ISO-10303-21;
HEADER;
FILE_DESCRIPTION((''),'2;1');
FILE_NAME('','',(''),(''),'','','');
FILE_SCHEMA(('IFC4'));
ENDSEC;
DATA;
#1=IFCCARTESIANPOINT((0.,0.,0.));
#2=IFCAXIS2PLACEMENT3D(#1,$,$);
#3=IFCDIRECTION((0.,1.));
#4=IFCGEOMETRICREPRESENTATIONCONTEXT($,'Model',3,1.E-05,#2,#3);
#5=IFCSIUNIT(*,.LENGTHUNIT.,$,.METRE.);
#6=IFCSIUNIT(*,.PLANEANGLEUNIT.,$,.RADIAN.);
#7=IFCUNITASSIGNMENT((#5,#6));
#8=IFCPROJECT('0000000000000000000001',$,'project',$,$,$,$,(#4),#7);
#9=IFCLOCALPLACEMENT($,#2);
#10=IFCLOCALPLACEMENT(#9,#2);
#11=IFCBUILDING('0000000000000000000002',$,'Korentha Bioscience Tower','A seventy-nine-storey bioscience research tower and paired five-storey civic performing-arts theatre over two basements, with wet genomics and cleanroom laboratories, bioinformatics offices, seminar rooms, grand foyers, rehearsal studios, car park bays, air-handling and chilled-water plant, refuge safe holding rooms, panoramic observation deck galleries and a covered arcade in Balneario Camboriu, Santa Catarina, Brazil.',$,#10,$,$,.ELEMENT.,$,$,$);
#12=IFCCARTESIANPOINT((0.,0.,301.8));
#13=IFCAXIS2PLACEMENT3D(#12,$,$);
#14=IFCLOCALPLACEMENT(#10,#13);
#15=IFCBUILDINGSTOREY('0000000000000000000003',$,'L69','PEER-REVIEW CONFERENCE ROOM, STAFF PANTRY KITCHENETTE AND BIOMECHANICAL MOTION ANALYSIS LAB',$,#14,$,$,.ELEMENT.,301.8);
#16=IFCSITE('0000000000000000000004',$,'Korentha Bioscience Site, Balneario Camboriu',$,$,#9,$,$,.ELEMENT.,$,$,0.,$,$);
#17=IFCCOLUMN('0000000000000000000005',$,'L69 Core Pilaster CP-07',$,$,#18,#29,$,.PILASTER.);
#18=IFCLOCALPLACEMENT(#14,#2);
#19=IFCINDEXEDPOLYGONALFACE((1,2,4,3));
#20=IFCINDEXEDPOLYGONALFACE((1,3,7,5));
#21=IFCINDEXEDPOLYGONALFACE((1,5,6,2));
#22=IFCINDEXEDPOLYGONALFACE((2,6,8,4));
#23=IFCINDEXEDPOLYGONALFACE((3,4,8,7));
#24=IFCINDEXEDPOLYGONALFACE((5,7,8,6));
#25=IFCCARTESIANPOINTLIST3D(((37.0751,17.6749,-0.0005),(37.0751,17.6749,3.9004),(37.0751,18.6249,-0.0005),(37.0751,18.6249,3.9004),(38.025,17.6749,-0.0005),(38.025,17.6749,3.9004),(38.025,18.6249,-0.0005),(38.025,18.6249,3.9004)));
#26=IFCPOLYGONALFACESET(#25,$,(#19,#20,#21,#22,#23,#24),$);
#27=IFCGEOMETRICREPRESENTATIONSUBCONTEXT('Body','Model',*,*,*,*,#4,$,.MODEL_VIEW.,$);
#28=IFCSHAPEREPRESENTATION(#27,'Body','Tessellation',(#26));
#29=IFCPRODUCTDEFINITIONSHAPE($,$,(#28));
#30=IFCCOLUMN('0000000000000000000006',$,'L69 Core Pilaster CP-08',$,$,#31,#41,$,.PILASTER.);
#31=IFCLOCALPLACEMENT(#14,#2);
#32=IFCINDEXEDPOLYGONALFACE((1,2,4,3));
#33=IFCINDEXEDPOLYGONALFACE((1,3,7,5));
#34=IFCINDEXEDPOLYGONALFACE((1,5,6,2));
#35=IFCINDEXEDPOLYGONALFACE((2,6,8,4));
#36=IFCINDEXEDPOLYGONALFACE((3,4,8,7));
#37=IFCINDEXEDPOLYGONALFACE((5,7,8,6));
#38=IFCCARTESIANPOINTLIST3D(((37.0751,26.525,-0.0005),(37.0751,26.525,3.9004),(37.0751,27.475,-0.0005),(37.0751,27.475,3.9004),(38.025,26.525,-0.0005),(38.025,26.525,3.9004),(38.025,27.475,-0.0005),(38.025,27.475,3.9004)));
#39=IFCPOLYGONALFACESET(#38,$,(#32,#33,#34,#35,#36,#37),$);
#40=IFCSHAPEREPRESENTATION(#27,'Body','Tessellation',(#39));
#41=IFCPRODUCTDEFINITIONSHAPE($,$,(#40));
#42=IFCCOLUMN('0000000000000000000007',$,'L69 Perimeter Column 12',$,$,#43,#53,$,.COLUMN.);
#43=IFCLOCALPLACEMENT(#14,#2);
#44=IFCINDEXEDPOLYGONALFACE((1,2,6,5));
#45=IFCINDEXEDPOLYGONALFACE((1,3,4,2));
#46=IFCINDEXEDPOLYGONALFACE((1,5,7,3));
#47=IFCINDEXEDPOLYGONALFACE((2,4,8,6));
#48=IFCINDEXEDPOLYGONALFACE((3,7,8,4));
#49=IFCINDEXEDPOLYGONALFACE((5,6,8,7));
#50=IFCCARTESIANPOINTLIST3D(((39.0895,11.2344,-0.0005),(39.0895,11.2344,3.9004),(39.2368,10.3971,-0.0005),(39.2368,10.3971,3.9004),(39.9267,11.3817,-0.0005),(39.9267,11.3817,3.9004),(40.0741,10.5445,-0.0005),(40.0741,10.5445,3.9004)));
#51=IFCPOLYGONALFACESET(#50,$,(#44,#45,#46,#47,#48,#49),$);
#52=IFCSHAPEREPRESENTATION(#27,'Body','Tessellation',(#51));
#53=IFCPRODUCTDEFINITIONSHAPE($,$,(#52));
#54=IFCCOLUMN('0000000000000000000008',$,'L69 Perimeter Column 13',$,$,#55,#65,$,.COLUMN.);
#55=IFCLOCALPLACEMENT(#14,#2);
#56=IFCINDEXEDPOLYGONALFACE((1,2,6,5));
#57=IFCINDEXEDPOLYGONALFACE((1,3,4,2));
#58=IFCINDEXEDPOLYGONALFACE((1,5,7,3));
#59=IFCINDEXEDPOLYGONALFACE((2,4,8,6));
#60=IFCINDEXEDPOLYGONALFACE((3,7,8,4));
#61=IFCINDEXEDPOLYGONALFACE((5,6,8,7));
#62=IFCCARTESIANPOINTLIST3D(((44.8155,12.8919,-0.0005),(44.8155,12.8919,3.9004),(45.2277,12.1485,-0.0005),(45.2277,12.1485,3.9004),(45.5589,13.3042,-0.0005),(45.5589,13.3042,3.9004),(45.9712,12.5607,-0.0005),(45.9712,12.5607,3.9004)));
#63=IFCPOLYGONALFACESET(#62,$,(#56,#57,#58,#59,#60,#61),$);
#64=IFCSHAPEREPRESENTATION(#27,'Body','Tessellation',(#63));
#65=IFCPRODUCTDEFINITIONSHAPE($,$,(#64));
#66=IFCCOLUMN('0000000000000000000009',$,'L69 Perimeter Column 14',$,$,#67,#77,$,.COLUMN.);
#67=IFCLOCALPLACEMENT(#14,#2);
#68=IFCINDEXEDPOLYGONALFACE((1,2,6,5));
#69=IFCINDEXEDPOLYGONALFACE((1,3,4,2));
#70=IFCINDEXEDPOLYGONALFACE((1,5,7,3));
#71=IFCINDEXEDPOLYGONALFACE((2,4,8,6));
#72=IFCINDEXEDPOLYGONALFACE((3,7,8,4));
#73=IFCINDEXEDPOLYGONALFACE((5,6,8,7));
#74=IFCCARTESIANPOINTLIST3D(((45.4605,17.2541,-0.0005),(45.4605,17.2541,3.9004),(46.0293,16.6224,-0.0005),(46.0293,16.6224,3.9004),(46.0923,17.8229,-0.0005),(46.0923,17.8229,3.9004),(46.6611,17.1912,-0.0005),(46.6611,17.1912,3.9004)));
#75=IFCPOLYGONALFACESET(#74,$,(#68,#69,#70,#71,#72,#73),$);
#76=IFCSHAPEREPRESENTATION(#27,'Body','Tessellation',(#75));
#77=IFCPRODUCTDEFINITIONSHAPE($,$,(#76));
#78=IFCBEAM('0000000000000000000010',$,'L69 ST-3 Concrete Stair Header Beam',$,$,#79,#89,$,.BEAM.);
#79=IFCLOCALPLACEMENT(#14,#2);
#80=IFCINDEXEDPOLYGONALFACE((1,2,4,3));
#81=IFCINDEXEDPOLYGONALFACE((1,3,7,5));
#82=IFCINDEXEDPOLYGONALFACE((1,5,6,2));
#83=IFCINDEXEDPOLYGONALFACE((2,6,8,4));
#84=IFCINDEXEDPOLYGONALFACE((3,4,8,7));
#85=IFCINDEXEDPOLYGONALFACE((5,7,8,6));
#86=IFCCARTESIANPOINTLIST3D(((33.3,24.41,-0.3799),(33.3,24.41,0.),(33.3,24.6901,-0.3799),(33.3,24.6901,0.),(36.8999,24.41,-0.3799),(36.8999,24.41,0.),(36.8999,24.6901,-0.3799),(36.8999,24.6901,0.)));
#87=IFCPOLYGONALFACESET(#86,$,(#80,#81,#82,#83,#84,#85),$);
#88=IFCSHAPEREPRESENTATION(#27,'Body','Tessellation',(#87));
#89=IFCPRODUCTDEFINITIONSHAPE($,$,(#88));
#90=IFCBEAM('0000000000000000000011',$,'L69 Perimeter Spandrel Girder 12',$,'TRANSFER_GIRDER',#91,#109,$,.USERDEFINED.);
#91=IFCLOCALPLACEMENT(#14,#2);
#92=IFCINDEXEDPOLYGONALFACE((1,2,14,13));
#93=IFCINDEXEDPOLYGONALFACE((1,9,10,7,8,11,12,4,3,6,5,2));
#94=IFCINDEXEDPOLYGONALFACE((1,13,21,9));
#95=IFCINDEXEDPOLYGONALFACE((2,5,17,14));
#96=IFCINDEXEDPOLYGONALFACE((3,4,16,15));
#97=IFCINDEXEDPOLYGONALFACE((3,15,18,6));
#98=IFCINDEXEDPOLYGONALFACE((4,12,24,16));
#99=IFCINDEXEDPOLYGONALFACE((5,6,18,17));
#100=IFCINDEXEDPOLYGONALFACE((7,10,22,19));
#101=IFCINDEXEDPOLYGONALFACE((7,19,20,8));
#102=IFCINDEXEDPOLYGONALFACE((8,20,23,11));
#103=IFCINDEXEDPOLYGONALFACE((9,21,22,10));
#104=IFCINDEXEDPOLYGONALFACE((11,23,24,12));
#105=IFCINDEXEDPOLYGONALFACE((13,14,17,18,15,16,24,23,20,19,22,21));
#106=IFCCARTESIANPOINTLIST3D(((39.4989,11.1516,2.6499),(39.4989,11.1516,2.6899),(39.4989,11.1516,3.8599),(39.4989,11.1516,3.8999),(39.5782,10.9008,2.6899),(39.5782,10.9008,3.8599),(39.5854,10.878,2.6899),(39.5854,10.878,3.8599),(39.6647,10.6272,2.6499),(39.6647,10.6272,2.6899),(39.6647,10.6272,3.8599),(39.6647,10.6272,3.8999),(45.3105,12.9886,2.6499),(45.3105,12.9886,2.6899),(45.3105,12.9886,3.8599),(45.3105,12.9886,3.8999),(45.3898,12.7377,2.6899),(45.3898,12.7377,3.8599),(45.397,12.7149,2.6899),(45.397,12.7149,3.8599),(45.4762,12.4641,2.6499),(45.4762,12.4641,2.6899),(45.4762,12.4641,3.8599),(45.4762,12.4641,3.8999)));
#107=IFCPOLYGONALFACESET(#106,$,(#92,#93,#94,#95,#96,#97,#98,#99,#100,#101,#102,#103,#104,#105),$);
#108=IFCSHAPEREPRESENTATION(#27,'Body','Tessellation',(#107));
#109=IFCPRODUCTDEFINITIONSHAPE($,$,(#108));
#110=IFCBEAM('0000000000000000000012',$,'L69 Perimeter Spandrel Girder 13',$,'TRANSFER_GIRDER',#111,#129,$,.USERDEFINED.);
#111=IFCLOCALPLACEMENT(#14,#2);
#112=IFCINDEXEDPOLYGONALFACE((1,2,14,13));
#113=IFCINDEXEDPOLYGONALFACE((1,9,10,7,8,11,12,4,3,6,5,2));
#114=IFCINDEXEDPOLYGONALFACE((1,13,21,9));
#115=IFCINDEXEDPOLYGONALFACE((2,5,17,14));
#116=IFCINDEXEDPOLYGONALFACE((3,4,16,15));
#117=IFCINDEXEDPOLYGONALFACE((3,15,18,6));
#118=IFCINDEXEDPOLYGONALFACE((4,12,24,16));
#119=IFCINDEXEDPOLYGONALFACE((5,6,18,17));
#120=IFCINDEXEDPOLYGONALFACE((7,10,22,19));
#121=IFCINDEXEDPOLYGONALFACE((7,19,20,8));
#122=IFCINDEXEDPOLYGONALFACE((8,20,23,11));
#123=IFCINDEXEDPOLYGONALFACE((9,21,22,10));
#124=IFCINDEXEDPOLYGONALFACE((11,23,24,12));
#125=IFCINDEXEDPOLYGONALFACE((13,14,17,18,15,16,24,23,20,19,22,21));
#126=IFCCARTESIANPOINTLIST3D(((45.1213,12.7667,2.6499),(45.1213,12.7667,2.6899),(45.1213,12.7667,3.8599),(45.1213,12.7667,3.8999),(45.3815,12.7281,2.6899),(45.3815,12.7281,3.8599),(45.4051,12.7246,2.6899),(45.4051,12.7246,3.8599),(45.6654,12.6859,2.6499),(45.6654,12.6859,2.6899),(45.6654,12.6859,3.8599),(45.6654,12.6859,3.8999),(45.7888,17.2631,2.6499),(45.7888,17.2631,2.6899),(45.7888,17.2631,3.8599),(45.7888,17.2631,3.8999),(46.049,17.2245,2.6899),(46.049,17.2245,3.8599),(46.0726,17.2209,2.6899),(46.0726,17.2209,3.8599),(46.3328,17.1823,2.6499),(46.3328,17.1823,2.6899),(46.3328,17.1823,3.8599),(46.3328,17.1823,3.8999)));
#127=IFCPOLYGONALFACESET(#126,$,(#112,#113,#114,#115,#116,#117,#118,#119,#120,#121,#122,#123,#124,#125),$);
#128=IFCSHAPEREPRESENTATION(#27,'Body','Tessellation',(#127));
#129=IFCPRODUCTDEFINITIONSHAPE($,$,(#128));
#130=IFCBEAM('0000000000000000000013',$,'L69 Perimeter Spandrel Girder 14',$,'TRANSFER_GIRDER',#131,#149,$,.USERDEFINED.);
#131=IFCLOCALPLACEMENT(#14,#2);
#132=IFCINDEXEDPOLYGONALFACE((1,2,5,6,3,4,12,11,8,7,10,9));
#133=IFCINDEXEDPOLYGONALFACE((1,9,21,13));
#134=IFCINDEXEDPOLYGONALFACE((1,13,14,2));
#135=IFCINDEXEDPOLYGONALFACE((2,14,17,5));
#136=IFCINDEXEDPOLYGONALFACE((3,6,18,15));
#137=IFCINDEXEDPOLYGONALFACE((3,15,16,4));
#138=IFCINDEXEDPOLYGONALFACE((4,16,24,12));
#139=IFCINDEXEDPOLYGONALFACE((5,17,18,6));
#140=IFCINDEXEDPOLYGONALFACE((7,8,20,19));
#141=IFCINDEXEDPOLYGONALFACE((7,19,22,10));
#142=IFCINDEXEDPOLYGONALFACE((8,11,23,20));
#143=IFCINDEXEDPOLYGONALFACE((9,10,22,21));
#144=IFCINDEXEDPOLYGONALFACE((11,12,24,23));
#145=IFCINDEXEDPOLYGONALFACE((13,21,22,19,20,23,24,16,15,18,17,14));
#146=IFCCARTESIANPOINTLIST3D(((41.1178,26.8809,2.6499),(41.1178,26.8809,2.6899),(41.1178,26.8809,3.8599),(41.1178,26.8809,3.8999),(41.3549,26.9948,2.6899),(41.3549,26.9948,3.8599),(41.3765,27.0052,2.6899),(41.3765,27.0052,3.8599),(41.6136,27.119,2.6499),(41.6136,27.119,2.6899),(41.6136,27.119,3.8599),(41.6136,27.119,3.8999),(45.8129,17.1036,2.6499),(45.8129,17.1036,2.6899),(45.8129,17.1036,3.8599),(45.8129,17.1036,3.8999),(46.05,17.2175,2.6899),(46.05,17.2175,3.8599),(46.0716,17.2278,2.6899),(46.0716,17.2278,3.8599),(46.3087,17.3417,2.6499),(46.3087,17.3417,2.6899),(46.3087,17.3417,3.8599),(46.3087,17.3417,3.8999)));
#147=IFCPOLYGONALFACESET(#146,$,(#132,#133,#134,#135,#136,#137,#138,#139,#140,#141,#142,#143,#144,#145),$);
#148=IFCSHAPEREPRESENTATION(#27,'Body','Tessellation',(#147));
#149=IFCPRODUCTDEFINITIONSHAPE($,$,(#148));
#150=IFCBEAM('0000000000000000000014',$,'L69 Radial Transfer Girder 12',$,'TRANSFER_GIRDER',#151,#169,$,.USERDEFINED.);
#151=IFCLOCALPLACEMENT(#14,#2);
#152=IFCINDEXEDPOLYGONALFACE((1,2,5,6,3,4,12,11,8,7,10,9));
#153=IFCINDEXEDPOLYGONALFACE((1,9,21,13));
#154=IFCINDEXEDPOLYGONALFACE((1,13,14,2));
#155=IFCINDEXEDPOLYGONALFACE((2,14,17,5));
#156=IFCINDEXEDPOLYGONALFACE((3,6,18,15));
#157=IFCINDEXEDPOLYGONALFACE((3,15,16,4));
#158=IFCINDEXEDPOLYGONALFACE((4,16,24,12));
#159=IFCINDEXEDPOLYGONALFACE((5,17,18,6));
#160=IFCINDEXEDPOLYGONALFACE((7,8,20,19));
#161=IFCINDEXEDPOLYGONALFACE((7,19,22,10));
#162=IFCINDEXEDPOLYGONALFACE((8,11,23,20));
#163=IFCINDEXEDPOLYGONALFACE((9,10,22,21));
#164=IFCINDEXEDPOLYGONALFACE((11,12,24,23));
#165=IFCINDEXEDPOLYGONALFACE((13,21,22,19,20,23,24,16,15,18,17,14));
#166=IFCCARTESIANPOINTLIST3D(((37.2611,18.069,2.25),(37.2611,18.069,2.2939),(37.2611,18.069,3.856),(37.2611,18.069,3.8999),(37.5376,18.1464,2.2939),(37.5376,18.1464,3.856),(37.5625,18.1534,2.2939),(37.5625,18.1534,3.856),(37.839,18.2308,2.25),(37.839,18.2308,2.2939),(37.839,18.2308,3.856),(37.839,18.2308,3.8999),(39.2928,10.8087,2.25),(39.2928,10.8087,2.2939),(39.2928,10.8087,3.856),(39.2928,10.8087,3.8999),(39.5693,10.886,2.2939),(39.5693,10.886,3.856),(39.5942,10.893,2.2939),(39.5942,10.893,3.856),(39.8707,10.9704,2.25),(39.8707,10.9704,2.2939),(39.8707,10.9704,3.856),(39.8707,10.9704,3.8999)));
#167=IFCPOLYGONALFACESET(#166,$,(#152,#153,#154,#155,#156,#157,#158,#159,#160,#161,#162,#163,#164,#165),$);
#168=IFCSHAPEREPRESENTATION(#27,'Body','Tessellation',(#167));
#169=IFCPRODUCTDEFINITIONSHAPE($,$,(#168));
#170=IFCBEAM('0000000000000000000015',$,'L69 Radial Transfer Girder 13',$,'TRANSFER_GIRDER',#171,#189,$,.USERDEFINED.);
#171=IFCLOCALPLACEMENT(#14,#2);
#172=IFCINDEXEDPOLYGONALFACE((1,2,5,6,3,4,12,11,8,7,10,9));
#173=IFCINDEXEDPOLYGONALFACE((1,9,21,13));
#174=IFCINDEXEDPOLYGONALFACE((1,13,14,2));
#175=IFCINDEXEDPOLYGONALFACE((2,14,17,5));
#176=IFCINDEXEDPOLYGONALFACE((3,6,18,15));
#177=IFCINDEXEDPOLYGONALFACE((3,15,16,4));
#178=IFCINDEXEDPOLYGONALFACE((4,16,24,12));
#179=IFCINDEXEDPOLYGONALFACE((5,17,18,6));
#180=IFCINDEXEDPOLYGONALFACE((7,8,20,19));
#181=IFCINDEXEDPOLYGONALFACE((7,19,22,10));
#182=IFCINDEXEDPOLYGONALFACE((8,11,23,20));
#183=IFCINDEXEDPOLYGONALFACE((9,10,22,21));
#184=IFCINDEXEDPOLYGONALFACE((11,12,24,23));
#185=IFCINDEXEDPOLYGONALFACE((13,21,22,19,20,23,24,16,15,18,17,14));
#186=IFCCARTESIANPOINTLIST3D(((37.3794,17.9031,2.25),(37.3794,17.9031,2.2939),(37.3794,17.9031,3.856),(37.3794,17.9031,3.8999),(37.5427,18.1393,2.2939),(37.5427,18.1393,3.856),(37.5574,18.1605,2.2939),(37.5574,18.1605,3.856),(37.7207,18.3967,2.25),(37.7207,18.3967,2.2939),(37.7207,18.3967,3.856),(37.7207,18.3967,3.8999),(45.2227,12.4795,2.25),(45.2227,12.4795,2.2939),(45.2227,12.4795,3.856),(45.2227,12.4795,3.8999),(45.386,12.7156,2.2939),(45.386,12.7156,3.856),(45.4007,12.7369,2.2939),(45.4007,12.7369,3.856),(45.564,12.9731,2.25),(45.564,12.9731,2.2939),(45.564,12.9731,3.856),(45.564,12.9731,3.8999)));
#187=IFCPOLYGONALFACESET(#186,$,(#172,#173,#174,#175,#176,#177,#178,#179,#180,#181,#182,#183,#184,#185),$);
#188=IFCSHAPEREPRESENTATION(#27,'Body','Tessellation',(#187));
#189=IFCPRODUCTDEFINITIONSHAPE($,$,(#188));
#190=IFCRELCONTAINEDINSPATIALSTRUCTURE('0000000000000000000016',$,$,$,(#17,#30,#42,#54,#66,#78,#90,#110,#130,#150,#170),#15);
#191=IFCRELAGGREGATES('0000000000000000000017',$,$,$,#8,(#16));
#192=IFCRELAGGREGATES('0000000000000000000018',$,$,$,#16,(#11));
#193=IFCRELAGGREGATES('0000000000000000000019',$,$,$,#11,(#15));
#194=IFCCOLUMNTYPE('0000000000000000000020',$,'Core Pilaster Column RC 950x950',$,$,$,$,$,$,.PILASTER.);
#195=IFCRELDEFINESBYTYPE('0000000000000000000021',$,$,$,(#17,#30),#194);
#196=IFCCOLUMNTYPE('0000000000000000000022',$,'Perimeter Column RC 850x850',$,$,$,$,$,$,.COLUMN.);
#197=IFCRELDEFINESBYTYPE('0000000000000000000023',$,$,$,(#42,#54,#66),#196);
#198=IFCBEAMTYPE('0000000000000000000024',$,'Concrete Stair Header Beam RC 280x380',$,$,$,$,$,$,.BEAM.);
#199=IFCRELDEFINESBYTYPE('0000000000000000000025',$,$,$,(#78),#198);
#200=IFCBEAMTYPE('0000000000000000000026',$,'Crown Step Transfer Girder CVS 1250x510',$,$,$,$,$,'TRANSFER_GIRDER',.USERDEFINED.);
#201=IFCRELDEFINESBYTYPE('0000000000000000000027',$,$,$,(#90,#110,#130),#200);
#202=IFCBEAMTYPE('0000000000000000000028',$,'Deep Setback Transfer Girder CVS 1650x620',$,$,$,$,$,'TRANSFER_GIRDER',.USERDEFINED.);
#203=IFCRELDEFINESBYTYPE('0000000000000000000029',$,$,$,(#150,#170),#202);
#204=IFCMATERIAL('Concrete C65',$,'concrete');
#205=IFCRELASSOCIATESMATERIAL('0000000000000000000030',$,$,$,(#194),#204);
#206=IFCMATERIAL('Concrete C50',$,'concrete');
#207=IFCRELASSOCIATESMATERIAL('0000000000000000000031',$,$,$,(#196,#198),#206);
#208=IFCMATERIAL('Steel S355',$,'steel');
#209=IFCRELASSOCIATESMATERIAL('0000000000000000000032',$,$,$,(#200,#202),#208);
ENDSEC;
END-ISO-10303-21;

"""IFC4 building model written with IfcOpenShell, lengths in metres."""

from ifc_helpers import new_model, si_unit, direction, frame, origin, origin_2d, place, context, subcontext, project, spatial, rectangle, i_section, extrude, material, material_profile, profile_set, type_object, element, save


model = new_model("IFC4")

# Units and contexts
model_context = context("Model", 3, precision=1e-05, world=origin(), true_north=direction((0.0, 1.0)))
body_context = subcontext(model_context, "Body", "Model", "MODEL_VIEW")
ifc_project = project(units=[si_unit("LENGTHUNIT", "METRE"), si_unit("PLANEANGLEUNIT", "RADIAN")], contexts=[model_context])

# Site, building, storey
site_placement = place(None, origin())
site = spatial("IfcSite", under=ifc_project, at=site_placement, Name="Korentha Bioscience Site, Balneario Camboriu", CompositionType="ELEMENT", RefElevation=0.0)
building_placement = place(site_placement, origin())
building = spatial("IfcBuilding", under=site, at=building_placement, Name="Korentha Bioscience Tower", Description="A seventy-nine-storey bioscience research tower and paired five-storey civic performing-arts theatre over two basements, with wet genomics and cleanroom laboratories, bioinformatics offices, seminar rooms, grand foyers, rehearsal studios, car park bays, air-handling and chilled-water plant, refuge safe holding rooms, panoramic observation deck galleries and a covered arcade in Balneario Camboriu, Santa Catarina, Brazil.", CompositionType="ELEMENT")
storey_placement = place(building_placement, frame((0.0, 0.0, 301.8)))
storey = spatial("IfcBuildingStorey", under=building, at=storey_placement, Name="L69", Description="PEER-REVIEW CONFERENCE ROOM, STAFF PANTRY KITCHENETTE AND BIOMECHANICAL MOTION ANALYSIS LAB", CompositionType="ELEMENT", Elevation=301.8)

# Columns
ifc_material_1 = material(Name="Concrete C65", Category="concrete")
ifc_material_profile_1 = material_profile(ifc_material_1, rectangle(XDim=0.95, YDim=0.95, at=origin_2d()), Name="Concrete C65")
ifc_profile_set_1 = profile_set([ifc_material_profile_1], Name="Concrete C65 (COL-CP09)")
column_type_1 = type_object("IfcColumnType", Name="Core Pilaster Column RC 950x950", PredefinedType="PILASTER", material=ifc_profile_set_1)
for number, where, z_axis, x_axis, name in (
    (1, (37.55, 18.1499, -0.0005), (0.0, 0.0, 1.0), (1.0, 0.0, 0.0), "L69 Core Pilaster CP-07"),
    (2, (37.55, 27.0, -0.0005), (0.0, 0.0, 1.0), (1.0, 0.0, 0.0), "L69 Core Pilaster CP-08"),
):
    element("IfcColumn", number, at=place(storey_placement, frame(where, z_axis=z_axis, x_axis=x_axis)), inside=storey, type_object=column_type_1, Name=name, PredefinedType="PILASTER", context=body_context, shape_type="SweptSolid", body=[
        extrude(rectangle(XDim=0.95, YDim=0.95, at=origin_2d()), origin(), (0.0, 0.0, 1.0), 3.9009),
    ])
ifc_material_2 = material(Name="Concrete C50", Category="concrete")
ifc_material_profile_2 = material_profile(ifc_material_2, rectangle(XDim=0.8501, YDim=0.8501, at=origin_2d()), Name="Concrete C50")
ifc_profile_set_2 = profile_set([ifc_material_profile_2], Name="Concrete C50 (COL-P08)")
column_type_2 = type_object("IfcColumnType", Name="Perimeter Column RC 850x850", PredefinedType="COLUMN", material=ifc_profile_set_2)
for number, where, z_axis, x_axis, name in (
    (3, (39.5818, 10.8894, -0.0005), (0.0, 0.0, 1.0), (0.984868, 0.173304, 0.0), "L69 Perimeter Column 12"),
    (4, (45.3933, 12.7263, -0.0005), (0.0, 0.0, 1.0), (0.874535, 0.484962, 0.0), "L69 Perimeter Column 13"),
    (5, (46.0608, 17.2227, -0.0005), (0.0, 0.0, 1.0), (-0.669131, 0.743145, 0.0), "L69 Perimeter Column 14"),
):
    element("IfcColumn", number, at=place(storey_placement, frame(where, z_axis=z_axis, x_axis=x_axis)), inside=storey, type_object=column_type_2, Name=name, PredefinedType="COLUMN", context=body_context, shape_type="SweptSolid", body=[
        extrude(rectangle(XDim=0.8501, YDim=0.8501, at=origin_2d()), origin(), (0.0, 0.0, 1.0), 3.9009),
    ])

# Beams
ifc_material_profile_3 = material_profile(ifc_material_2, rectangle(XDim=0.28, YDim=0.3799, at=origin_2d()), Name="Concrete C50")
ifc_profile_set_3 = profile_set([ifc_material_profile_3], Name="Concrete C50 (ST-HB380)")
beam_type_1 = type_object("IfcBeamType", Name="Concrete Stair Header Beam RC 280x380", PredefinedType="BEAM", material=ifc_profile_set_3)
beam_1_placement = place(storey_placement, frame((36.8999, 24.55, -0.1899), z_axis=(-1.0, 0.0, 0.0), x_axis=(0.0, -1.0, 0.0)))
element("IfcBeam", 6, at=beam_1_placement, inside=storey, type_object=beam_type_1, Name="L69 ST-3 Concrete Stair Header Beam", PredefinedType="BEAM", context=body_context, shape_type="SweptSolid", body=[
    extrude(rectangle(XDim=0.28, YDim=0.3799, at=origin_2d()), origin(), (0.0, 0.0, 1.0), 3.5999),
])
ifc_material_3 = material(Name="Steel S355", Category="steel")
ifc_material_profile_4 = material_profile(ifc_material_3, i_section(OverallWidth=0.55, OverallDepth=1.25, WebThickness=0.0239, FlangeThickness=0.04, at=origin_2d()), Name="Steel S355")
ifc_profile_set_4 = profile_set([ifc_material_profile_4], Name="Steel S355 (TG-03)")
beam_type_2 = type_object("IfcBeamType", Name="Crown Step Transfer Girder CVS 1250x510", ElementType="TRANSFER_GIRDER", PredefinedType="USERDEFINED", material=ifc_profile_set_4)
beam_2_placement = place(storey_placement, frame((39.5818, 10.8894, 3.2749), z_axis=(0.953503, 0.301384, 0.0), x_axis=(-0.301384, 0.953503, 0.0)))
element("IfcBeam", 7, at=beam_2_placement, inside=storey, type_object=beam_type_2, Name="L69 Perimeter Spandrel Girder 12", ObjectType="TRANSFER_GIRDER", PredefinedType="USERDEFINED", context=body_context, shape_type="SweptSolid", body=[
    extrude(i_section(OverallWidth=0.55, OverallDepth=1.25, WebThickness=0.0239, FlangeThickness=0.04, at=origin_2d()), origin(), (0.0, 0.0, 1.0), 6.095),
])
beam_3_placement = place(storey_placement, frame((45.3933, 12.7263, 3.2749), z_axis=(0.146841, 0.98916, 0.0), x_axis=(-0.98916, 0.146841, 0.0)))
element("IfcBeam", 8, at=beam_3_placement, inside=storey, type_object=beam_type_2, Name="L69 Perimeter Spandrel Girder 13", ObjectType="TRANSFER_GIRDER", PredefinedType="USERDEFINED", context=body_context, shape_type="SweptSolid", body=[
    extrude(i_section(OverallWidth=0.55, OverallDepth=1.25, WebThickness=0.0239, FlangeThickness=0.04, at=origin_2d()), origin(), (0.0, 0.0, 1.0), 4.5457),
])
beam_4_placement = place(storey_placement, frame((46.0608, 17.2227, 3.2749), z_axis=(-0.432877, 0.901453, 0.0), x_axis=(-0.901453, -0.432877, 0.0)))
element("IfcBeam", 9, at=beam_4_placement, inside=storey, type_object=beam_type_2, Name="L69 Perimeter Spandrel Girder 14", ObjectType="TRANSFER_GIRDER", PredefinedType="USERDEFINED", context=body_context, shape_type="SweptSolid", body=[
    extrude(i_section(OverallWidth=0.55, OverallDepth=1.25, WebThickness=0.0239, FlangeThickness=0.04, at=origin_2d()), origin(), (0.0, 0.0, 1.0), 10.8462),
])
ifc_material_profile_5 = material_profile(ifc_material_3, i_section(OverallWidth=0.6001, OverallDepth=1.6499, WebThickness=0.0259, FlangeThickness=0.0439, at=origin_2d()), Name="Steel S355")
ifc_profile_set_5 = profile_set([ifc_material_profile_5], Name="Steel S355 (TG-04)")
beam_type_3 = type_object("IfcBeamType", Name="Deep Setback Transfer Girder CVS 1650x620", ElementType="TRANSFER_GIRDER", PredefinedType="USERDEFINED", material=ifc_profile_set_5)
beam_5_placement = place(storey_placement, frame((37.55, 18.1499, 3.075), z_axis=(0.269482, -0.963005, 0.0), x_axis=(0.963005, 0.269482, 0.0)))
element("IfcBeam", 10, at=beam_5_placement, inside=storey, type_object=beam_type_3, Name="L69 Radial Transfer Girder 12", ObjectType="TRANSFER_GIRDER", PredefinedType="USERDEFINED", context=body_context, shape_type="SweptSolid", body=[
    extrude(i_section(OverallWidth=0.6001, OverallDepth=1.6499, WebThickness=0.0259, FlangeThickness=0.0439, at=origin_2d()), origin(), (0.0, 0.0, 1.0), 7.5393),
])
beam_6_placement = place(storey_placement, frame((37.55, 18.1499, 3.075), z_axis=(0.822505, -0.568759, 0.0), x_axis=(0.568759, 0.822505, 0.0)))
element("IfcBeam", 11, at=beam_6_placement, inside=storey, type_object=beam_type_3, Name="L69 Radial Transfer Girder 13", ObjectType="TRANSFER_GIRDER", PredefinedType="USERDEFINED", context=body_context, shape_type="SweptSolid", body=[
    extrude(i_section(OverallWidth=0.6001, OverallDepth=1.6499, WebThickness=0.0259, FlangeThickness=0.0439, at=origin_2d()), origin(), (0.0, 0.0, 1.0), 9.5359),
])

save(model, "model.ifc")
